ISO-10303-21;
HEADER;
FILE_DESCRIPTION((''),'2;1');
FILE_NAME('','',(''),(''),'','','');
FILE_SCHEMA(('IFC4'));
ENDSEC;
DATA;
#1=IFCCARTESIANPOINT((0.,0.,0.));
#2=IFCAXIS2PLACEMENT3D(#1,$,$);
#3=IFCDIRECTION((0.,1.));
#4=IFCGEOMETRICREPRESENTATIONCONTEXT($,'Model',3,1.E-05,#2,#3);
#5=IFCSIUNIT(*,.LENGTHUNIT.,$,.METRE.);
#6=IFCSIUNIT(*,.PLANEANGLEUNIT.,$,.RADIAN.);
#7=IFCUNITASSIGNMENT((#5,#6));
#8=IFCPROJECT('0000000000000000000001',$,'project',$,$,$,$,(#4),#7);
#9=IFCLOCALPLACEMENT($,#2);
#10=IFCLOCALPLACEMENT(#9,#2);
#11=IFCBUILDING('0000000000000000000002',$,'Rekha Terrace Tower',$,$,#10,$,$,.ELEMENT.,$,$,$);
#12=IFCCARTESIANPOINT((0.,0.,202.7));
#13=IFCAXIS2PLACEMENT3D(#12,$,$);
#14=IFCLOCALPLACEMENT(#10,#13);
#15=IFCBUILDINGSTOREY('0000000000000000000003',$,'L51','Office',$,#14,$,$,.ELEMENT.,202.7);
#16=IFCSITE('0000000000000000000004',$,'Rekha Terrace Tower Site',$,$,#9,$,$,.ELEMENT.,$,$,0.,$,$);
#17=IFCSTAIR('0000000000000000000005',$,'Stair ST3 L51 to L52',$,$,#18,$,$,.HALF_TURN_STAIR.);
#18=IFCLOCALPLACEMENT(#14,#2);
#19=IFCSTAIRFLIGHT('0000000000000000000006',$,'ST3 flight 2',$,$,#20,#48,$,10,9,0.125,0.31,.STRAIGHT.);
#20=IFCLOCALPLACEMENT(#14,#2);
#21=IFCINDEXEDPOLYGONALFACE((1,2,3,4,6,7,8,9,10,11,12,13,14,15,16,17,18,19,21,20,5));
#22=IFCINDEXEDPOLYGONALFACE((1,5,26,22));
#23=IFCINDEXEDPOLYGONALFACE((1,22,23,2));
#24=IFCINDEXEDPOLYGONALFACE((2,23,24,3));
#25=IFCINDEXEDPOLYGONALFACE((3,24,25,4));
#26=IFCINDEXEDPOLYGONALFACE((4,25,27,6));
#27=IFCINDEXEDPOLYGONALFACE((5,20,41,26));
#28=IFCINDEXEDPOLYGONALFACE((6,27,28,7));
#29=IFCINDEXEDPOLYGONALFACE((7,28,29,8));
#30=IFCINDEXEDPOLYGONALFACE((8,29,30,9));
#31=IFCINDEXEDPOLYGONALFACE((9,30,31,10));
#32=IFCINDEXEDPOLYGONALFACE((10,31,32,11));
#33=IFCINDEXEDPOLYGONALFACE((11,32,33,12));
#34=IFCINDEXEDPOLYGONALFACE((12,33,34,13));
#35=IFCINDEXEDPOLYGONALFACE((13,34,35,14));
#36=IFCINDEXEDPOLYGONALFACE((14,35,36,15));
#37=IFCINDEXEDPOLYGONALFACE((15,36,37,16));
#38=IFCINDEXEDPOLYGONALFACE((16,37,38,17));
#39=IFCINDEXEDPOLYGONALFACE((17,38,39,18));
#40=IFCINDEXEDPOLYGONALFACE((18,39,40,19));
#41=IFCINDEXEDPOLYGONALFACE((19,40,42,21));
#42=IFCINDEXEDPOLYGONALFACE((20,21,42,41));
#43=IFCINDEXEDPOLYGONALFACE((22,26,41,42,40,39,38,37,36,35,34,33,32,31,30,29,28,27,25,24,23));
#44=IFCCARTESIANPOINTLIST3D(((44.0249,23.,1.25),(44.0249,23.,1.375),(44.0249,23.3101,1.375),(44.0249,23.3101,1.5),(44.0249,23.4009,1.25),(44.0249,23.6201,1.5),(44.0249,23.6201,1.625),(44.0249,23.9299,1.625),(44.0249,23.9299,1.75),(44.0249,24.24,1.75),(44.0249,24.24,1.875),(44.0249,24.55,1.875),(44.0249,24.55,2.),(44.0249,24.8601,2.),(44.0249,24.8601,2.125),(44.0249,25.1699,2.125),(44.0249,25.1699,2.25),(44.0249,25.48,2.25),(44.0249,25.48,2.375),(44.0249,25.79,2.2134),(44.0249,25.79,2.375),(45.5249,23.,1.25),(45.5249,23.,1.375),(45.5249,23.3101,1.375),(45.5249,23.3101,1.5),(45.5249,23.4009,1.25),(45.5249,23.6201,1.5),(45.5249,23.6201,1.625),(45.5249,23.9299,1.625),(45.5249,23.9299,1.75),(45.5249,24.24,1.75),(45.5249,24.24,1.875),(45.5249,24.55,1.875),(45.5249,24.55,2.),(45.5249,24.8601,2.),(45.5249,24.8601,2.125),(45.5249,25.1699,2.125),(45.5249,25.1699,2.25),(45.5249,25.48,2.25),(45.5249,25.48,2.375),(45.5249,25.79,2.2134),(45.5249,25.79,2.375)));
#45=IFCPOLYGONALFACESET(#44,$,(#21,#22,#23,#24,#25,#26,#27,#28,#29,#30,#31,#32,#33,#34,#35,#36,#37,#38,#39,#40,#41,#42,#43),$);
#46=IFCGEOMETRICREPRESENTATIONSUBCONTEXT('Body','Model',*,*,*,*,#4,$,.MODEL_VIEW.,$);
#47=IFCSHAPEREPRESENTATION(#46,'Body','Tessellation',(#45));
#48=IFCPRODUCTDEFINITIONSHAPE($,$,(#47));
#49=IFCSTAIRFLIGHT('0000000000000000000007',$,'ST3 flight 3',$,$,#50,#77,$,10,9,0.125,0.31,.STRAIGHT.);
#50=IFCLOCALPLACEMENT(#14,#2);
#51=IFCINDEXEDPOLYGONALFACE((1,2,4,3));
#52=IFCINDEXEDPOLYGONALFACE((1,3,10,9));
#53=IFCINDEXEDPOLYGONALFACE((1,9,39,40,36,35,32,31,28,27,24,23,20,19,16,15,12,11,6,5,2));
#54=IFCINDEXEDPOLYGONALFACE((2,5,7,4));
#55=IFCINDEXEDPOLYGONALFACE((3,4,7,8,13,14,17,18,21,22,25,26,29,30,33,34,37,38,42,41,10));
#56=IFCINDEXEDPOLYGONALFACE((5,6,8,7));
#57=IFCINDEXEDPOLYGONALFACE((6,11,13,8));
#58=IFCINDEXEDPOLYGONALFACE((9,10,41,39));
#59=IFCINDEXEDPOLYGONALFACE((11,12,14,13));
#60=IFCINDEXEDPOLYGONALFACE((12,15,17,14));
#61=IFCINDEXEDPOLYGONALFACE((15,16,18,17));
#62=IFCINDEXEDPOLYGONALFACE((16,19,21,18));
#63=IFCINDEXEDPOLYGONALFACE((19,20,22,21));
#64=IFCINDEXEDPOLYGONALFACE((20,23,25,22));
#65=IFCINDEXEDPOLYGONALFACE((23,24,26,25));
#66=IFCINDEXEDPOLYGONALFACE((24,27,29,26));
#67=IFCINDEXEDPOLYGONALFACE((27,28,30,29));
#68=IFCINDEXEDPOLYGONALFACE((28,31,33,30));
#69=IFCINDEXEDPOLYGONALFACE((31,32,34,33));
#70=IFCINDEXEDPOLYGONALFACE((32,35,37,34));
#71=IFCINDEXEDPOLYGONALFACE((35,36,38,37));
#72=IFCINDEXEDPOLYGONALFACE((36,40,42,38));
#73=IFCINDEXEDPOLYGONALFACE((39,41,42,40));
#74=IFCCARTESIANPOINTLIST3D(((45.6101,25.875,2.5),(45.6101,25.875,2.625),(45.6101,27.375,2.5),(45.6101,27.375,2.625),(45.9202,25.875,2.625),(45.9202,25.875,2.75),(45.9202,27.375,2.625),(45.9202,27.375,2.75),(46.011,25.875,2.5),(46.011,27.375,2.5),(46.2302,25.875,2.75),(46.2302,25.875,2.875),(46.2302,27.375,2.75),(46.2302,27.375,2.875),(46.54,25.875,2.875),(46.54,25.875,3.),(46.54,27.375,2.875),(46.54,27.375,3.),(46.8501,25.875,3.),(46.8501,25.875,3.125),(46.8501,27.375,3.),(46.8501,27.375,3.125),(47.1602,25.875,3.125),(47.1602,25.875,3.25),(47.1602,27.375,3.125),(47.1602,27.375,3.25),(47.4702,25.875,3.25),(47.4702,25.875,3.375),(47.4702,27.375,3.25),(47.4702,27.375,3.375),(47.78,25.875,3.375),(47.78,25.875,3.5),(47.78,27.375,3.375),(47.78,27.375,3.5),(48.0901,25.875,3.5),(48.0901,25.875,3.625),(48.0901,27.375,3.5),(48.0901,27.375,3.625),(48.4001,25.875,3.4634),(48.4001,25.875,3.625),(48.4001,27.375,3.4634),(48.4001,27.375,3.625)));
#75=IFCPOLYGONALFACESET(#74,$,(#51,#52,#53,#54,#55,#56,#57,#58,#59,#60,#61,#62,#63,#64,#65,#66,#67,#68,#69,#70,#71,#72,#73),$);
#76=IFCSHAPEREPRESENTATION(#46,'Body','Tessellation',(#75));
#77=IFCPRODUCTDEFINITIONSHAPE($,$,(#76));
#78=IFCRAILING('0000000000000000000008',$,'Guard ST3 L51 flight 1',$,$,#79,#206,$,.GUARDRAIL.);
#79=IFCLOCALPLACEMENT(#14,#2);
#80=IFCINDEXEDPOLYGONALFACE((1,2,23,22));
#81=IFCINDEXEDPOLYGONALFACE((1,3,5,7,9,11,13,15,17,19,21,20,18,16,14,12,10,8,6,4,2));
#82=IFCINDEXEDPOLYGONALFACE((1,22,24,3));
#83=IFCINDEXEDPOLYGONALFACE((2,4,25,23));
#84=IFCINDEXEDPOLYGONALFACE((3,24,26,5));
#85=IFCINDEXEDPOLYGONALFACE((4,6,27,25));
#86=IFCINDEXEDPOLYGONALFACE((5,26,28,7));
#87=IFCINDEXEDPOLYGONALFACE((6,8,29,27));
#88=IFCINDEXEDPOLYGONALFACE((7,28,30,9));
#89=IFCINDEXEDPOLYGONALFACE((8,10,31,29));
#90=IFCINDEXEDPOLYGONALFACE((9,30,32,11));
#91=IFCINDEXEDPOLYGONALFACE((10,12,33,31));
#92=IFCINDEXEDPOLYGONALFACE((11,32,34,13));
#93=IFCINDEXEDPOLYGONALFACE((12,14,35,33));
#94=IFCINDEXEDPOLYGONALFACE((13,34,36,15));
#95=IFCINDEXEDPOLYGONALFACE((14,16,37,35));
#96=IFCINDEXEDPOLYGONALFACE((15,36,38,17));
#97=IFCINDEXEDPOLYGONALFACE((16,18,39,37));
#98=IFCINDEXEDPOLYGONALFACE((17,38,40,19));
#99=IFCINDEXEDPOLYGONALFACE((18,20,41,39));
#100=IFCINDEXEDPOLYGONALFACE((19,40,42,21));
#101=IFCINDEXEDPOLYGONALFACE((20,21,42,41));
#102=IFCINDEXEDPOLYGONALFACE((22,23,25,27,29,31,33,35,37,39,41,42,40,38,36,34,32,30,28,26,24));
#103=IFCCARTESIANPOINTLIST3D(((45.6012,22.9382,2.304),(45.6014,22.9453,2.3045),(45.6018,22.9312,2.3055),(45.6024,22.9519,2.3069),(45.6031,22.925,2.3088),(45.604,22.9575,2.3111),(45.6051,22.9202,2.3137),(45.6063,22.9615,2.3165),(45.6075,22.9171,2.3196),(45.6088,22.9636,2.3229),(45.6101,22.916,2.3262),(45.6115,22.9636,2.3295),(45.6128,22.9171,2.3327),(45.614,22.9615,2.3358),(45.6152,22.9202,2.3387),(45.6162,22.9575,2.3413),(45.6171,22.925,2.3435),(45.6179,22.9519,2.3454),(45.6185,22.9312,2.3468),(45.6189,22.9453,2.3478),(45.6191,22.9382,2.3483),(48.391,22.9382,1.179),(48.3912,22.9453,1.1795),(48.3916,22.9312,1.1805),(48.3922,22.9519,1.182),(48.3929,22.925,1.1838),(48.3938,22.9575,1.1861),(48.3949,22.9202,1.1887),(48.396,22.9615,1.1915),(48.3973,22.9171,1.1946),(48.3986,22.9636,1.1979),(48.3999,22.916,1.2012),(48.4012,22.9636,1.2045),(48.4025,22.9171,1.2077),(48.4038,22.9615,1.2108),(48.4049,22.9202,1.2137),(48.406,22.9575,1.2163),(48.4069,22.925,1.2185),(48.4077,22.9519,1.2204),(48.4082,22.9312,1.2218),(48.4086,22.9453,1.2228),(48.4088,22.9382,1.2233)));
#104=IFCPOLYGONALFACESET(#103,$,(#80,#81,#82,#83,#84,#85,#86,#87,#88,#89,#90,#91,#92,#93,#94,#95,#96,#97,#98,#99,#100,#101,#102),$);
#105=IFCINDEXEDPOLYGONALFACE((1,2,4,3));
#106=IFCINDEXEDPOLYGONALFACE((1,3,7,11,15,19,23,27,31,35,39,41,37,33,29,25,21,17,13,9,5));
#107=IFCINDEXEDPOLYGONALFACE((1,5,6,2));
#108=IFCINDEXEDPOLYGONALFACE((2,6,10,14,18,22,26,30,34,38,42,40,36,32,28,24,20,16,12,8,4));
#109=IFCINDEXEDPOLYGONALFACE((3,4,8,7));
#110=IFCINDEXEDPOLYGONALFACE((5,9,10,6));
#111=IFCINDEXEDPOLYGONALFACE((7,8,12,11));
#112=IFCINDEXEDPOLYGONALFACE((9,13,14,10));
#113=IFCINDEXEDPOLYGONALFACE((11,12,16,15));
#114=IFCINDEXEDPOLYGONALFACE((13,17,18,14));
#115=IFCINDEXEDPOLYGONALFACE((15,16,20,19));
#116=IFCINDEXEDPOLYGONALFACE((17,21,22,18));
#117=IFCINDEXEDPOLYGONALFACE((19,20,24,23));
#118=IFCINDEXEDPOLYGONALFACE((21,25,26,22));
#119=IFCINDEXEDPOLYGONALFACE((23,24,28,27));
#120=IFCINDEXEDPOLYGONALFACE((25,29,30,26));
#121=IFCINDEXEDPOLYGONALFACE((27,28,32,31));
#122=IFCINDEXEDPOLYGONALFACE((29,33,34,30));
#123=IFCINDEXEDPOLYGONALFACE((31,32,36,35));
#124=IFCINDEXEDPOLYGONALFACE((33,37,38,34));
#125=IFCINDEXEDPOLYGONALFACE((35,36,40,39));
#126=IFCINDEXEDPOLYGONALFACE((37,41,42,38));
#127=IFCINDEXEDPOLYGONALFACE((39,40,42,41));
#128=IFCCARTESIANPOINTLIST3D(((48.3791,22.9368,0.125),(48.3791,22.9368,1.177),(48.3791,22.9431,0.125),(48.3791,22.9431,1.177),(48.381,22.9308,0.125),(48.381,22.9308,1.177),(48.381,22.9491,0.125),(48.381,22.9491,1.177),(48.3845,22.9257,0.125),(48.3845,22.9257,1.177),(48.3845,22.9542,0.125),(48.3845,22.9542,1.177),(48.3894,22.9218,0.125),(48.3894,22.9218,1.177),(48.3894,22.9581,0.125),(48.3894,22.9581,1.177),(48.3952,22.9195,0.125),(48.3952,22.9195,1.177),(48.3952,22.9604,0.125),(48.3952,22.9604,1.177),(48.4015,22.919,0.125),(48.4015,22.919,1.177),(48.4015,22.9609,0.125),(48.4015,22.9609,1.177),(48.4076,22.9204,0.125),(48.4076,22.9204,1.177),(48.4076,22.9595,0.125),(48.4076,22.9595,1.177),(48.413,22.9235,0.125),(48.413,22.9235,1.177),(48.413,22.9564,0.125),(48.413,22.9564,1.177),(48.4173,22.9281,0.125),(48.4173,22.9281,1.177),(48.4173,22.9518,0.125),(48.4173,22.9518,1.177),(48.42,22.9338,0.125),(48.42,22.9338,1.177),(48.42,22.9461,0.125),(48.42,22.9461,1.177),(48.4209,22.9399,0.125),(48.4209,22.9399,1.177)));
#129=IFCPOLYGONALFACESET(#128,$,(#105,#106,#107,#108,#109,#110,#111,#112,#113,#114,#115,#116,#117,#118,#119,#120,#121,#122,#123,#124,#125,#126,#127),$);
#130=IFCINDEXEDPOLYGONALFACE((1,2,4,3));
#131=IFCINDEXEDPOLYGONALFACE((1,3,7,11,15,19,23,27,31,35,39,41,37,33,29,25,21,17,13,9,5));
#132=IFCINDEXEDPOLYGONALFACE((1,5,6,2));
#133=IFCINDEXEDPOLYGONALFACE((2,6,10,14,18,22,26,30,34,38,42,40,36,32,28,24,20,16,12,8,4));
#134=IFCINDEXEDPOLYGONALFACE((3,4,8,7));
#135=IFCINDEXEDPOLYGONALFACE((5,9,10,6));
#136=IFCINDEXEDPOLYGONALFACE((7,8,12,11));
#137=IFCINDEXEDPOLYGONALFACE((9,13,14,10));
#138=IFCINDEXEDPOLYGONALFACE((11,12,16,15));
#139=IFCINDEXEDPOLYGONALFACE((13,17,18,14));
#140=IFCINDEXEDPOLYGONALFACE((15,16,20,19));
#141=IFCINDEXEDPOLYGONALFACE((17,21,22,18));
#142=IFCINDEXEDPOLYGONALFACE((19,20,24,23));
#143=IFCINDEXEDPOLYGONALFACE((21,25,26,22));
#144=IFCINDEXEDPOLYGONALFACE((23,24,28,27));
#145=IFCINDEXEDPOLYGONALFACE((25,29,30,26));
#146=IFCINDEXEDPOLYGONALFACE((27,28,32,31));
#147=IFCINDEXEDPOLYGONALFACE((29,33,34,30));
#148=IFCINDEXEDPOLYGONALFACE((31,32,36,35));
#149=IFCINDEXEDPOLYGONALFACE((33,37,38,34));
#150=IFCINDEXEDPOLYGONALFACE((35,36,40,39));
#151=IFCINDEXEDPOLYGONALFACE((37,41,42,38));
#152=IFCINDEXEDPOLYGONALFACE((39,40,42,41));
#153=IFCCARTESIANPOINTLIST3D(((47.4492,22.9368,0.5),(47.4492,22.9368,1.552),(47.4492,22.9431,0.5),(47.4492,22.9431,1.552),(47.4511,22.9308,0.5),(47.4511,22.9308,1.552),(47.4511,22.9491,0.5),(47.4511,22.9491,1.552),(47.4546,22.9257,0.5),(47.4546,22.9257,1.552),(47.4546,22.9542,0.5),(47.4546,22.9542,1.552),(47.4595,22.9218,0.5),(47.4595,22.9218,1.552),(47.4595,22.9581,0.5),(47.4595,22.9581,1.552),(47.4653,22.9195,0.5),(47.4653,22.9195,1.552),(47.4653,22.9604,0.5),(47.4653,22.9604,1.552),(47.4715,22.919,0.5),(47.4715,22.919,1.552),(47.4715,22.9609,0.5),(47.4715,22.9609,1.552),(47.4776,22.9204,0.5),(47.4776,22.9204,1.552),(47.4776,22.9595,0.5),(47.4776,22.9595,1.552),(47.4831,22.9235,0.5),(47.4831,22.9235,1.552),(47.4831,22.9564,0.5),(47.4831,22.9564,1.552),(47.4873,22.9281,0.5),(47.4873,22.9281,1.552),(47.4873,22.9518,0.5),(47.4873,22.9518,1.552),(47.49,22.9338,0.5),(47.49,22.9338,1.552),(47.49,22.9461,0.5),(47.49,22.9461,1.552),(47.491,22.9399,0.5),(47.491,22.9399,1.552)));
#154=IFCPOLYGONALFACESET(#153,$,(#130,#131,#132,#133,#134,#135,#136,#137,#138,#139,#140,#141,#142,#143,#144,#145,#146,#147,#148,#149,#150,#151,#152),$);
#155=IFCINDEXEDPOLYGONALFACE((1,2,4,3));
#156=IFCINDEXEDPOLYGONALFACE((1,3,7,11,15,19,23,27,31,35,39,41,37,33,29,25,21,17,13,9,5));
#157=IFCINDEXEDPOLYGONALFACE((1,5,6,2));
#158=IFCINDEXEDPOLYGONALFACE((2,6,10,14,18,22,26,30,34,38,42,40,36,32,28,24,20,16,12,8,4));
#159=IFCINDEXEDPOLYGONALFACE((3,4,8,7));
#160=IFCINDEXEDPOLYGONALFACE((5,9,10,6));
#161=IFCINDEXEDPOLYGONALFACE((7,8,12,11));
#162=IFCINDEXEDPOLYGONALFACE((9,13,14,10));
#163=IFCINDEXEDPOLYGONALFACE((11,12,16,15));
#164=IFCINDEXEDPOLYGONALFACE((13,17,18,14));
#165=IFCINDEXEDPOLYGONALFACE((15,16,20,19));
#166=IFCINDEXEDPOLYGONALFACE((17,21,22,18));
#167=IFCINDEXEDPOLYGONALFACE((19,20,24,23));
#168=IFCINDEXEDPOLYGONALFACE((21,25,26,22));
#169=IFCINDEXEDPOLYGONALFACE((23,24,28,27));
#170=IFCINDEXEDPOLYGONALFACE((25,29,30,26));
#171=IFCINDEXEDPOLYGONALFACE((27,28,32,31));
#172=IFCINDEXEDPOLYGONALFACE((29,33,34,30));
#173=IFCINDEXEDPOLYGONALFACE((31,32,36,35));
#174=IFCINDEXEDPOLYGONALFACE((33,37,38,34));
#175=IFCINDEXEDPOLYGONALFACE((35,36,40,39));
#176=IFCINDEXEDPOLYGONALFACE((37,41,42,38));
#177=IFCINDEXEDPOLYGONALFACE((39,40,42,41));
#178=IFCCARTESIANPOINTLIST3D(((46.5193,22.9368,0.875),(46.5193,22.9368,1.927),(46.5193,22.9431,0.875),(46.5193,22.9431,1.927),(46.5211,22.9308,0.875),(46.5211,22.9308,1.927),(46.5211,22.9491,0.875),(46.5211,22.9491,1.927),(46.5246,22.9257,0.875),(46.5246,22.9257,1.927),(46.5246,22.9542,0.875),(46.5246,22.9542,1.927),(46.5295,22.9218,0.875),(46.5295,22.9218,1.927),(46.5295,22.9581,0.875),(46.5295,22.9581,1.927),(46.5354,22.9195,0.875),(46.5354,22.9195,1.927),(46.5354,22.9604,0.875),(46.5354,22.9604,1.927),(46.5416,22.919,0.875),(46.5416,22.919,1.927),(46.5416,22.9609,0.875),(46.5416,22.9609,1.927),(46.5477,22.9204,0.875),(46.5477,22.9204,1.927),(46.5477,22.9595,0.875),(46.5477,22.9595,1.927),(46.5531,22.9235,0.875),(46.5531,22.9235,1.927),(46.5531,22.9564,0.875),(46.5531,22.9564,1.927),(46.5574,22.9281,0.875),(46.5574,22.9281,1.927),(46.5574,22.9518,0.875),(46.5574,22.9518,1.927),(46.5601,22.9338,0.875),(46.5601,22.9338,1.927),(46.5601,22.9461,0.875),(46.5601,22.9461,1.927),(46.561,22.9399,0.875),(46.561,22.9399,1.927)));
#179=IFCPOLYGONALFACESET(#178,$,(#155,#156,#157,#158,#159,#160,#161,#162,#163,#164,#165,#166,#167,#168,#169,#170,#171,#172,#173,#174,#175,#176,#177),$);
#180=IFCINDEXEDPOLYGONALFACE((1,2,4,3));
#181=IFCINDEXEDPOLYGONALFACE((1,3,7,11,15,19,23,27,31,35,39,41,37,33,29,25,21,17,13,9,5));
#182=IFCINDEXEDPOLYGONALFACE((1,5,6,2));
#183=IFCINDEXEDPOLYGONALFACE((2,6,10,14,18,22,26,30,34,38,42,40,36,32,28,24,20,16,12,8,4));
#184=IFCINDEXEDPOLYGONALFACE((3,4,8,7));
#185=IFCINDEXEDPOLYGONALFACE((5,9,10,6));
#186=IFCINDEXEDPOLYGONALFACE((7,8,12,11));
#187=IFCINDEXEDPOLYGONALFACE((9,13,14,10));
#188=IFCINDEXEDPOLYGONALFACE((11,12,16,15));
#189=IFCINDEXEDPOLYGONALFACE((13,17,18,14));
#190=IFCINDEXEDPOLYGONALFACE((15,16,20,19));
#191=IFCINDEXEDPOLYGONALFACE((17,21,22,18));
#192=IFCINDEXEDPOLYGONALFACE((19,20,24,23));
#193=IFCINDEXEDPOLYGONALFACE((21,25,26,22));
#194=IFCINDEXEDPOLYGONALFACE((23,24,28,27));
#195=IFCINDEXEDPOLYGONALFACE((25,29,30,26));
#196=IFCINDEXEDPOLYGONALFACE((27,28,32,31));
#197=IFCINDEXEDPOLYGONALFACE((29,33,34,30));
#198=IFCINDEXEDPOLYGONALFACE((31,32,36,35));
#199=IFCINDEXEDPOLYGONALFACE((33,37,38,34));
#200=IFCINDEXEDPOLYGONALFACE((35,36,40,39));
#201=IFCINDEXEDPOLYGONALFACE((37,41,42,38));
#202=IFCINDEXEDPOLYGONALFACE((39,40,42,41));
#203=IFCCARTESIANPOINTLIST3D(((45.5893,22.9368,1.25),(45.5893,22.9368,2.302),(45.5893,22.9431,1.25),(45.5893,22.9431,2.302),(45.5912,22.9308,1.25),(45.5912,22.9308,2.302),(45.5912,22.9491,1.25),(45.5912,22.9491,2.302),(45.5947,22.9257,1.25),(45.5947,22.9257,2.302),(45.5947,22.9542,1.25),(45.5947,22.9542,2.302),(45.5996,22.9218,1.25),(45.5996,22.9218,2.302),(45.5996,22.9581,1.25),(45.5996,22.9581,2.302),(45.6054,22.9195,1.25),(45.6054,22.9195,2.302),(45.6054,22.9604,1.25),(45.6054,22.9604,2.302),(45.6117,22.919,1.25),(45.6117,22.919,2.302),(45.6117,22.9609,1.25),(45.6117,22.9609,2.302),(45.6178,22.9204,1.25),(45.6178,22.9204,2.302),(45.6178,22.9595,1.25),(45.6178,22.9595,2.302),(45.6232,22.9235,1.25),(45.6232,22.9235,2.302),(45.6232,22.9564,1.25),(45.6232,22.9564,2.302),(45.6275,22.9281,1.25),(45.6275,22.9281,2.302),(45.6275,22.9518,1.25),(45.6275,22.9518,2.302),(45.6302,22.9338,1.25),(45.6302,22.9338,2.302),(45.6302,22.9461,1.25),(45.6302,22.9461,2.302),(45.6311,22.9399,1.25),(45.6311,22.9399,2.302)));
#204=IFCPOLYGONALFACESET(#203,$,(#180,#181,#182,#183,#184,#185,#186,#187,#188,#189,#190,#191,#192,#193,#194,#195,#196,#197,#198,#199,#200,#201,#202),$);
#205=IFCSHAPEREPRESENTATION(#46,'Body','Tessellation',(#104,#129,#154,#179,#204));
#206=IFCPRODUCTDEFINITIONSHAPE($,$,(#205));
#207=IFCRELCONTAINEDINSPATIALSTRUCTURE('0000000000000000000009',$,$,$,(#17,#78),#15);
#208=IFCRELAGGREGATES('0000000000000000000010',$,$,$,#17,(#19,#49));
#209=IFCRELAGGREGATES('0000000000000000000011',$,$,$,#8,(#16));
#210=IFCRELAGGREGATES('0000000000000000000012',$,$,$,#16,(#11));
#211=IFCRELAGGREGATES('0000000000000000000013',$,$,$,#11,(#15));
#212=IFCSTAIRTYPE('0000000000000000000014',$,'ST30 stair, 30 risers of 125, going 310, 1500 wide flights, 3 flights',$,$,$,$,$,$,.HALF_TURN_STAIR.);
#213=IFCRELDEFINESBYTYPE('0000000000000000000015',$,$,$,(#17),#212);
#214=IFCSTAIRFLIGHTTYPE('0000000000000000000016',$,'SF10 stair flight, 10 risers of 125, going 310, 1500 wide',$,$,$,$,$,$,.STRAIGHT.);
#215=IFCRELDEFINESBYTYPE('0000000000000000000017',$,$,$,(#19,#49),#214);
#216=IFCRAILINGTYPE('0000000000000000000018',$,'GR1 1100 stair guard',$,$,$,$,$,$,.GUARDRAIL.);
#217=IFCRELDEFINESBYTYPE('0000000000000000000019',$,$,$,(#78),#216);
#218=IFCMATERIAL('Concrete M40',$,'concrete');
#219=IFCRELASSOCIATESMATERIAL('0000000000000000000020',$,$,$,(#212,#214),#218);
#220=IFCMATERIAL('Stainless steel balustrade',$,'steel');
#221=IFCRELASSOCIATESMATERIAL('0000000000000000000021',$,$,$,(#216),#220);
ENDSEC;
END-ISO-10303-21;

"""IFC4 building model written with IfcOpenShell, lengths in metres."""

from ifc_helpers import new_model, si_unit, direction, frame, origin, origin_2d, place, context, subcontext, project, spatial, polyline, circle, outline, extrude, material, type_object, element, aggregate, save


model = new_model("IFC4")

# Units and contexts
model_context = context("Model", 3, precision=1e-05, world=origin(), true_north=direction((0.0, 1.0)))
body_context = subcontext(model_context, "Body", "Model", "MODEL_VIEW")
ifc_project = project(units=[si_unit("LENGTHUNIT", "METRE"), si_unit("PLANEANGLEUNIT", "RADIAN")], contexts=[model_context])

# Site, building, storey
site_placement = place(None, origin())
site = spatial("IfcSite", under=ifc_project, at=site_placement, Name="Rekha Terrace Tower Site", CompositionType="ELEMENT", RefElevation=0.0)
building_placement = place(site_placement, origin())
building = spatial("IfcBuilding", under=site, at=building_placement, Name="Rekha Terrace Tower", CompositionType="ELEMENT")
storey_placement = place(building_placement, frame((0.0, 0.0, 202.7)))
storey = spatial("IfcBuildingStorey", under=building, at=storey_placement, Name="L51", Description="Office", CompositionType="ELEMENT", Elevation=202.7)

# Stair, stair flights
ifc_material_1 = material(Name="Concrete M40", Category="concrete")
stair_type = type_object("IfcStairType", Name="ST30 stair, 30 risers of 125, going 310, 1500 wide flights, 3 flights", PredefinedType="HALF_TURN_STAIR", material=ifc_material_1)
stair_placement = place(storey_placement, origin())
stair = element("IfcStair", 1, at=stair_placement, inside=storey, type_object=stair_type, Name="Stair ST3 L51 to L52", PredefinedType="HALF_TURN_STAIR")
stair_flight_type = type_object("IfcStairFlightType", Name="SF10 stair flight, 10 risers of 125, going 310, 1500 wide", PredefinedType="STRAIGHT", material=ifc_material_1)
stair_flight_1_placement = place(storey_placement, frame((44.7749, 23.0, 1.25), z_axis=(0.0, 0.0, 1.0), x_axis=(0.0, 1.0, 0.0)))
stair_flight_1 = element("IfcStairFlight", 2, at=stair_flight_1_placement, type_object=stair_flight_type, Name="ST3 flight 2", NumberOfRisers=10, NumberOfTreads=9, PredefinedType="STRAIGHT", RiserHeight=0.125, TreadLength=0.31, context=body_context, shape_type="SweptSolid", body=[
    extrude(outline(polyline([(0.0, 0.0), (0.0, 0.125), (0.3101, 0.125), (0.3101, 0.25), (0.6201, 0.25), (0.6201, 0.375), (0.9299, 0.375), (0.9299, 0.5), (1.24, 0.5), (1.24, 0.625), (1.55, 0.625), (1.55, 0.75), (1.8601, 0.75), (1.8601, 0.875), (2.1699, 0.875), (2.1699, 1.0), (2.48, 1.0), (2.48, 1.125), (2.79, 1.125), (2.79, 1.25), (2.79, 0.9634), (0.4009, 0.0), (0.0, 0.0)])), frame((0.0, 0.75, 0.0), z_axis=(0.0, -1.0, 0.0), x_axis=(1.0, 0.0, 0.0)), (0.0, 0.0, 1.0), 1.5),
])
stair_flight_2_placement = place(storey_placement, frame((45.6101, 26.625, 2.5), z_axis=(0.0, 0.0, 1.0), x_axis=(1.0, 0.0, 0.0)))
stair_flight_2 = element("IfcStairFlight", 3, at=stair_flight_2_placement, type_object=stair_flight_type, Name="ST3 flight 3", NumberOfRisers=10, NumberOfTreads=9, PredefinedType="STRAIGHT", RiserHeight=0.125, TreadLength=0.31, context=body_context, shape_type="SweptSolid", body=[
    extrude(outline(polyline([(0.0, 0.0), (0.0, 0.125), (0.3101, 0.125), (0.3101, 0.25), (0.6201, 0.25), (0.6201, 0.375), (0.9299, 0.375), (0.9299, 0.5), (1.24, 0.5), (1.24, 0.625), (1.55, 0.625), (1.55, 0.75), (1.8601, 0.75), (1.8601, 0.875), (2.1699, 0.875), (2.1699, 1.0), (2.48, 1.0), (2.48, 1.125), (2.79, 1.125), (2.79, 1.25), (2.79, 0.9634), (0.4009, 0.0), (0.0, 0.0)])), frame((0.0, 0.75, 0.0), z_axis=(0.0, -1.0, 0.0), x_axis=(1.0, 0.0, 0.0)), (0.0, 0.0, 1.0), 1.5),
])
aggregate(stair, [stair_flight_1, stair_flight_2])

# Railing
ifc_material_2 = material(Name="Stainless steel balustrade", Category="steel")
railing_type_1 = type_object("IfcRailingType", Name="GR1 1100 stair guard", PredefinedType="GUARDRAIL", material=ifc_material_2)
railing_1_placement = place(storey_placement, frame((48.3999, 22.9399, 0.125)))
element("IfcRailing", 4, at=railing_1_placement, inside=storey, type_object=railing_type_1, Name="Guard ST3 L51 flight 1", PredefinedType="GUARDRAIL", context=body_context, shape_type="SweptSolid", body=[
    extrude(circle(Radius=0.0239, at=origin_2d()), frame((0.0, 0.0, 1.0762), z_axis=(-0.927432, 0.0, 0.373992), x_axis=(0.0, -1.0, 0.0)), (0.0, 0.0, 1.0), 3.0081),
    extrude(circle(Radius=0.021, at=origin_2d()), origin(), (0.0, 0.0, 1.0), 1.052),
    extrude(circle(Radius=0.021, at=origin_2d()), frame((-0.9299, 0.0, 0.375)), (0.0, 0.0, 1.0), 1.052),
    extrude(circle(Radius=0.021, at=origin_2d()), frame((-1.8599, 0.0, 0.75)), (0.0, 0.0, 1.0), 1.052),
    extrude(circle(Radius=0.021, at=origin_2d()), frame((-2.7898, 0.0, 1.125)), (0.0, 0.0, 1.0), 1.052),
])

save(model, "model.ifc")
